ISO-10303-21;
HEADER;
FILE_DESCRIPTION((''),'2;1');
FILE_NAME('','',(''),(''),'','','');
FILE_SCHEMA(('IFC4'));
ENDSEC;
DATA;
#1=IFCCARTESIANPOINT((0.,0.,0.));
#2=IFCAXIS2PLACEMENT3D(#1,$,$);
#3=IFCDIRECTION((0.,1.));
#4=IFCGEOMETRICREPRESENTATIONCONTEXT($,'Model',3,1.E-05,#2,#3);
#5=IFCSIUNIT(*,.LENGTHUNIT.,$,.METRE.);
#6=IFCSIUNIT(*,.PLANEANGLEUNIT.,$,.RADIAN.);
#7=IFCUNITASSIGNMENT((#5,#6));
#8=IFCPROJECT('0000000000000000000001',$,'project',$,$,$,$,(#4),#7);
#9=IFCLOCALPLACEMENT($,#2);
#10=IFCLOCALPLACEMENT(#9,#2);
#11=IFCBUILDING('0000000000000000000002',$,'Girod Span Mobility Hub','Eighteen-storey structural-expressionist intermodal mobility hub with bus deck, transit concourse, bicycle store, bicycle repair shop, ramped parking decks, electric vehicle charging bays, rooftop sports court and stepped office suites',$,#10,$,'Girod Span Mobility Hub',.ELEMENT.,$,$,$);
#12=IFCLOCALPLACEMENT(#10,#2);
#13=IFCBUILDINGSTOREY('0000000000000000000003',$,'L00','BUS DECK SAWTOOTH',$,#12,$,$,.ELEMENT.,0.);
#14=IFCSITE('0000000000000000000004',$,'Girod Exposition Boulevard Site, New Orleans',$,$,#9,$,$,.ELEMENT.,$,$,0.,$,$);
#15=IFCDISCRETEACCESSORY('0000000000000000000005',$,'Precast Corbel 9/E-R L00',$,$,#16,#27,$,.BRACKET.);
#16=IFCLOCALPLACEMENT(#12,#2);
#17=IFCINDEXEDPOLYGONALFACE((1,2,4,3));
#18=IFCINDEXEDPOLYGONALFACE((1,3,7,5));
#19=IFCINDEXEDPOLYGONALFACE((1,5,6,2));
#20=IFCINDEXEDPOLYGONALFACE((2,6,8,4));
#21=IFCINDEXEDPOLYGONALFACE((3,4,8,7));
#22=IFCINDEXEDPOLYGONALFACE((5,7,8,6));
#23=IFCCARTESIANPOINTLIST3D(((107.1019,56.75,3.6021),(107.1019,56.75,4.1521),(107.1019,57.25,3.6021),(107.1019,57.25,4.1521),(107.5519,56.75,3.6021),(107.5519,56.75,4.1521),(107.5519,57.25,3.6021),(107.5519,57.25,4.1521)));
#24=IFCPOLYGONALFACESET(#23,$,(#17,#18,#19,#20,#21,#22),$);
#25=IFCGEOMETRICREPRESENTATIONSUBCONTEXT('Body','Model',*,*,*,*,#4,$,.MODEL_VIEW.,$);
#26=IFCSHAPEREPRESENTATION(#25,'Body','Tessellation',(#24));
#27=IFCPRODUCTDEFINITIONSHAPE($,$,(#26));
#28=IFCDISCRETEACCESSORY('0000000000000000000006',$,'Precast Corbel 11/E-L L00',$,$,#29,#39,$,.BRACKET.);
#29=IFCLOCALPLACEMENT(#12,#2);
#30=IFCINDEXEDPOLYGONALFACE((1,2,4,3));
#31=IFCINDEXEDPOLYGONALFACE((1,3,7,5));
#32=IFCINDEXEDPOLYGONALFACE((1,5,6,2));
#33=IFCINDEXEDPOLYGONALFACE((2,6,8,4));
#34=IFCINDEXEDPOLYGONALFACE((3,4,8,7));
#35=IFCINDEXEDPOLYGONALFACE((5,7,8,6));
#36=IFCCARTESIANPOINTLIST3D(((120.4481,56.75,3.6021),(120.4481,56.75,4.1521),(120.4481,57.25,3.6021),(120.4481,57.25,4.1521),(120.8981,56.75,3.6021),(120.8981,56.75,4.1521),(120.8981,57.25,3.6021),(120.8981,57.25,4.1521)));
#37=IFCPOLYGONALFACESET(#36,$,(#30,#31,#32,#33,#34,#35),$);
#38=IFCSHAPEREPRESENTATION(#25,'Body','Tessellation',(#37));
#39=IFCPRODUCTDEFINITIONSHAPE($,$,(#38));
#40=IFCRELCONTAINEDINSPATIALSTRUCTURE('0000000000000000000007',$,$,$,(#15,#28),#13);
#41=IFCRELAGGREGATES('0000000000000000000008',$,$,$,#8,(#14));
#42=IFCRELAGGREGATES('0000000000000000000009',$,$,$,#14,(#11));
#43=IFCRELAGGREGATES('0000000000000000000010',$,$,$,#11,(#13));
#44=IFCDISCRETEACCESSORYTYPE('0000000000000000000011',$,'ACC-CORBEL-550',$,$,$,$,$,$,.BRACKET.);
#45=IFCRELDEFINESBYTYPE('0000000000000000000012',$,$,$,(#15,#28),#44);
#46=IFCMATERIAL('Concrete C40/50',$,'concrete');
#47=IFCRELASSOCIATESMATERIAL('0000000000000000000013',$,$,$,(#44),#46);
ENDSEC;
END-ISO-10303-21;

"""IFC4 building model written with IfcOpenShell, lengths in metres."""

from ifc_helpers import new_model, si_unit, direction, frame, origin, origin_2d, place, context, subcontext, project, spatial, rectangle, extrude, material, type_object, element, save


model = new_model("IFC4")

# Units and contexts
model_context = context("Model", 3, precision=1e-05, world=origin(), true_north=direction((0.0, 1.0)))
body_context = subcontext(model_context, "Body", "Model", "MODEL_VIEW")
ifc_project = project(units=[si_unit("LENGTHUNIT", "METRE"), si_unit("PLANEANGLEUNIT", "RADIAN")], contexts=[model_context])

# Site, building, storey
site_placement = place(None, origin())
site = spatial("IfcSite", under=ifc_project, at=site_placement, Name="Girod Exposition Boulevard Site, New Orleans", CompositionType="ELEMENT", RefElevation=0.0)
building_placement = place(site_placement, origin())
building = spatial("IfcBuilding", under=site, at=building_placement, Name="Girod Span Mobility Hub", Description="Eighteen-storey structural-expressionist intermodal mobility hub with bus deck, transit concourse, bicycle store, bicycle repair shop, ramped parking decks, electric vehicle charging bays, rooftop sports court and stepped office suites", LongName="Girod Span Mobility Hub", CompositionType="ELEMENT")
storey_placement = place(building_placement, origin())
storey = spatial("IfcBuildingStorey", under=building, at=storey_placement, Name="L00", Description="BUS DECK SAWTOOTH", CompositionType="ELEMENT", Elevation=0.0)

# Discrete accessories
ifc_material_1 = material(Name="Concrete C40/50", Category="concrete")
discrete_accessory_type = type_object("IfcDiscreteAccessoryType", Name="ACC-CORBEL-550", PredefinedType="BRACKET", material=ifc_material_1)
for number, where, z_axis, x_axis, name in (
    (1, (107.3269, 57.0, 3.6021), (0.0, 0.0, 1.0), (1.0, 0.0, 0.0), "Precast Corbel 9/E-R L00"),
    (2, (120.6731, 57.0, 3.6021), (0.0, 0.0, 1.0), (1.0, 0.0, 0.0), "Precast Corbel 11/E-L L00"),
):
    element("IfcDiscreteAccessory", number, at=place(storey_placement, frame(where, z_axis=z_axis, x_axis=x_axis)), inside=storey, type_object=discrete_accessory_type, Name=name, PredefinedType="BRACKET", context=body_context, shape_type="SweptSolid", body=[
        extrude(rectangle(XDim=0.45, YDim=0.5, at=origin_2d()), origin(), (0.0, 0.0, 1.0), 0.55),
    ])

save(model, "model.ifc")
